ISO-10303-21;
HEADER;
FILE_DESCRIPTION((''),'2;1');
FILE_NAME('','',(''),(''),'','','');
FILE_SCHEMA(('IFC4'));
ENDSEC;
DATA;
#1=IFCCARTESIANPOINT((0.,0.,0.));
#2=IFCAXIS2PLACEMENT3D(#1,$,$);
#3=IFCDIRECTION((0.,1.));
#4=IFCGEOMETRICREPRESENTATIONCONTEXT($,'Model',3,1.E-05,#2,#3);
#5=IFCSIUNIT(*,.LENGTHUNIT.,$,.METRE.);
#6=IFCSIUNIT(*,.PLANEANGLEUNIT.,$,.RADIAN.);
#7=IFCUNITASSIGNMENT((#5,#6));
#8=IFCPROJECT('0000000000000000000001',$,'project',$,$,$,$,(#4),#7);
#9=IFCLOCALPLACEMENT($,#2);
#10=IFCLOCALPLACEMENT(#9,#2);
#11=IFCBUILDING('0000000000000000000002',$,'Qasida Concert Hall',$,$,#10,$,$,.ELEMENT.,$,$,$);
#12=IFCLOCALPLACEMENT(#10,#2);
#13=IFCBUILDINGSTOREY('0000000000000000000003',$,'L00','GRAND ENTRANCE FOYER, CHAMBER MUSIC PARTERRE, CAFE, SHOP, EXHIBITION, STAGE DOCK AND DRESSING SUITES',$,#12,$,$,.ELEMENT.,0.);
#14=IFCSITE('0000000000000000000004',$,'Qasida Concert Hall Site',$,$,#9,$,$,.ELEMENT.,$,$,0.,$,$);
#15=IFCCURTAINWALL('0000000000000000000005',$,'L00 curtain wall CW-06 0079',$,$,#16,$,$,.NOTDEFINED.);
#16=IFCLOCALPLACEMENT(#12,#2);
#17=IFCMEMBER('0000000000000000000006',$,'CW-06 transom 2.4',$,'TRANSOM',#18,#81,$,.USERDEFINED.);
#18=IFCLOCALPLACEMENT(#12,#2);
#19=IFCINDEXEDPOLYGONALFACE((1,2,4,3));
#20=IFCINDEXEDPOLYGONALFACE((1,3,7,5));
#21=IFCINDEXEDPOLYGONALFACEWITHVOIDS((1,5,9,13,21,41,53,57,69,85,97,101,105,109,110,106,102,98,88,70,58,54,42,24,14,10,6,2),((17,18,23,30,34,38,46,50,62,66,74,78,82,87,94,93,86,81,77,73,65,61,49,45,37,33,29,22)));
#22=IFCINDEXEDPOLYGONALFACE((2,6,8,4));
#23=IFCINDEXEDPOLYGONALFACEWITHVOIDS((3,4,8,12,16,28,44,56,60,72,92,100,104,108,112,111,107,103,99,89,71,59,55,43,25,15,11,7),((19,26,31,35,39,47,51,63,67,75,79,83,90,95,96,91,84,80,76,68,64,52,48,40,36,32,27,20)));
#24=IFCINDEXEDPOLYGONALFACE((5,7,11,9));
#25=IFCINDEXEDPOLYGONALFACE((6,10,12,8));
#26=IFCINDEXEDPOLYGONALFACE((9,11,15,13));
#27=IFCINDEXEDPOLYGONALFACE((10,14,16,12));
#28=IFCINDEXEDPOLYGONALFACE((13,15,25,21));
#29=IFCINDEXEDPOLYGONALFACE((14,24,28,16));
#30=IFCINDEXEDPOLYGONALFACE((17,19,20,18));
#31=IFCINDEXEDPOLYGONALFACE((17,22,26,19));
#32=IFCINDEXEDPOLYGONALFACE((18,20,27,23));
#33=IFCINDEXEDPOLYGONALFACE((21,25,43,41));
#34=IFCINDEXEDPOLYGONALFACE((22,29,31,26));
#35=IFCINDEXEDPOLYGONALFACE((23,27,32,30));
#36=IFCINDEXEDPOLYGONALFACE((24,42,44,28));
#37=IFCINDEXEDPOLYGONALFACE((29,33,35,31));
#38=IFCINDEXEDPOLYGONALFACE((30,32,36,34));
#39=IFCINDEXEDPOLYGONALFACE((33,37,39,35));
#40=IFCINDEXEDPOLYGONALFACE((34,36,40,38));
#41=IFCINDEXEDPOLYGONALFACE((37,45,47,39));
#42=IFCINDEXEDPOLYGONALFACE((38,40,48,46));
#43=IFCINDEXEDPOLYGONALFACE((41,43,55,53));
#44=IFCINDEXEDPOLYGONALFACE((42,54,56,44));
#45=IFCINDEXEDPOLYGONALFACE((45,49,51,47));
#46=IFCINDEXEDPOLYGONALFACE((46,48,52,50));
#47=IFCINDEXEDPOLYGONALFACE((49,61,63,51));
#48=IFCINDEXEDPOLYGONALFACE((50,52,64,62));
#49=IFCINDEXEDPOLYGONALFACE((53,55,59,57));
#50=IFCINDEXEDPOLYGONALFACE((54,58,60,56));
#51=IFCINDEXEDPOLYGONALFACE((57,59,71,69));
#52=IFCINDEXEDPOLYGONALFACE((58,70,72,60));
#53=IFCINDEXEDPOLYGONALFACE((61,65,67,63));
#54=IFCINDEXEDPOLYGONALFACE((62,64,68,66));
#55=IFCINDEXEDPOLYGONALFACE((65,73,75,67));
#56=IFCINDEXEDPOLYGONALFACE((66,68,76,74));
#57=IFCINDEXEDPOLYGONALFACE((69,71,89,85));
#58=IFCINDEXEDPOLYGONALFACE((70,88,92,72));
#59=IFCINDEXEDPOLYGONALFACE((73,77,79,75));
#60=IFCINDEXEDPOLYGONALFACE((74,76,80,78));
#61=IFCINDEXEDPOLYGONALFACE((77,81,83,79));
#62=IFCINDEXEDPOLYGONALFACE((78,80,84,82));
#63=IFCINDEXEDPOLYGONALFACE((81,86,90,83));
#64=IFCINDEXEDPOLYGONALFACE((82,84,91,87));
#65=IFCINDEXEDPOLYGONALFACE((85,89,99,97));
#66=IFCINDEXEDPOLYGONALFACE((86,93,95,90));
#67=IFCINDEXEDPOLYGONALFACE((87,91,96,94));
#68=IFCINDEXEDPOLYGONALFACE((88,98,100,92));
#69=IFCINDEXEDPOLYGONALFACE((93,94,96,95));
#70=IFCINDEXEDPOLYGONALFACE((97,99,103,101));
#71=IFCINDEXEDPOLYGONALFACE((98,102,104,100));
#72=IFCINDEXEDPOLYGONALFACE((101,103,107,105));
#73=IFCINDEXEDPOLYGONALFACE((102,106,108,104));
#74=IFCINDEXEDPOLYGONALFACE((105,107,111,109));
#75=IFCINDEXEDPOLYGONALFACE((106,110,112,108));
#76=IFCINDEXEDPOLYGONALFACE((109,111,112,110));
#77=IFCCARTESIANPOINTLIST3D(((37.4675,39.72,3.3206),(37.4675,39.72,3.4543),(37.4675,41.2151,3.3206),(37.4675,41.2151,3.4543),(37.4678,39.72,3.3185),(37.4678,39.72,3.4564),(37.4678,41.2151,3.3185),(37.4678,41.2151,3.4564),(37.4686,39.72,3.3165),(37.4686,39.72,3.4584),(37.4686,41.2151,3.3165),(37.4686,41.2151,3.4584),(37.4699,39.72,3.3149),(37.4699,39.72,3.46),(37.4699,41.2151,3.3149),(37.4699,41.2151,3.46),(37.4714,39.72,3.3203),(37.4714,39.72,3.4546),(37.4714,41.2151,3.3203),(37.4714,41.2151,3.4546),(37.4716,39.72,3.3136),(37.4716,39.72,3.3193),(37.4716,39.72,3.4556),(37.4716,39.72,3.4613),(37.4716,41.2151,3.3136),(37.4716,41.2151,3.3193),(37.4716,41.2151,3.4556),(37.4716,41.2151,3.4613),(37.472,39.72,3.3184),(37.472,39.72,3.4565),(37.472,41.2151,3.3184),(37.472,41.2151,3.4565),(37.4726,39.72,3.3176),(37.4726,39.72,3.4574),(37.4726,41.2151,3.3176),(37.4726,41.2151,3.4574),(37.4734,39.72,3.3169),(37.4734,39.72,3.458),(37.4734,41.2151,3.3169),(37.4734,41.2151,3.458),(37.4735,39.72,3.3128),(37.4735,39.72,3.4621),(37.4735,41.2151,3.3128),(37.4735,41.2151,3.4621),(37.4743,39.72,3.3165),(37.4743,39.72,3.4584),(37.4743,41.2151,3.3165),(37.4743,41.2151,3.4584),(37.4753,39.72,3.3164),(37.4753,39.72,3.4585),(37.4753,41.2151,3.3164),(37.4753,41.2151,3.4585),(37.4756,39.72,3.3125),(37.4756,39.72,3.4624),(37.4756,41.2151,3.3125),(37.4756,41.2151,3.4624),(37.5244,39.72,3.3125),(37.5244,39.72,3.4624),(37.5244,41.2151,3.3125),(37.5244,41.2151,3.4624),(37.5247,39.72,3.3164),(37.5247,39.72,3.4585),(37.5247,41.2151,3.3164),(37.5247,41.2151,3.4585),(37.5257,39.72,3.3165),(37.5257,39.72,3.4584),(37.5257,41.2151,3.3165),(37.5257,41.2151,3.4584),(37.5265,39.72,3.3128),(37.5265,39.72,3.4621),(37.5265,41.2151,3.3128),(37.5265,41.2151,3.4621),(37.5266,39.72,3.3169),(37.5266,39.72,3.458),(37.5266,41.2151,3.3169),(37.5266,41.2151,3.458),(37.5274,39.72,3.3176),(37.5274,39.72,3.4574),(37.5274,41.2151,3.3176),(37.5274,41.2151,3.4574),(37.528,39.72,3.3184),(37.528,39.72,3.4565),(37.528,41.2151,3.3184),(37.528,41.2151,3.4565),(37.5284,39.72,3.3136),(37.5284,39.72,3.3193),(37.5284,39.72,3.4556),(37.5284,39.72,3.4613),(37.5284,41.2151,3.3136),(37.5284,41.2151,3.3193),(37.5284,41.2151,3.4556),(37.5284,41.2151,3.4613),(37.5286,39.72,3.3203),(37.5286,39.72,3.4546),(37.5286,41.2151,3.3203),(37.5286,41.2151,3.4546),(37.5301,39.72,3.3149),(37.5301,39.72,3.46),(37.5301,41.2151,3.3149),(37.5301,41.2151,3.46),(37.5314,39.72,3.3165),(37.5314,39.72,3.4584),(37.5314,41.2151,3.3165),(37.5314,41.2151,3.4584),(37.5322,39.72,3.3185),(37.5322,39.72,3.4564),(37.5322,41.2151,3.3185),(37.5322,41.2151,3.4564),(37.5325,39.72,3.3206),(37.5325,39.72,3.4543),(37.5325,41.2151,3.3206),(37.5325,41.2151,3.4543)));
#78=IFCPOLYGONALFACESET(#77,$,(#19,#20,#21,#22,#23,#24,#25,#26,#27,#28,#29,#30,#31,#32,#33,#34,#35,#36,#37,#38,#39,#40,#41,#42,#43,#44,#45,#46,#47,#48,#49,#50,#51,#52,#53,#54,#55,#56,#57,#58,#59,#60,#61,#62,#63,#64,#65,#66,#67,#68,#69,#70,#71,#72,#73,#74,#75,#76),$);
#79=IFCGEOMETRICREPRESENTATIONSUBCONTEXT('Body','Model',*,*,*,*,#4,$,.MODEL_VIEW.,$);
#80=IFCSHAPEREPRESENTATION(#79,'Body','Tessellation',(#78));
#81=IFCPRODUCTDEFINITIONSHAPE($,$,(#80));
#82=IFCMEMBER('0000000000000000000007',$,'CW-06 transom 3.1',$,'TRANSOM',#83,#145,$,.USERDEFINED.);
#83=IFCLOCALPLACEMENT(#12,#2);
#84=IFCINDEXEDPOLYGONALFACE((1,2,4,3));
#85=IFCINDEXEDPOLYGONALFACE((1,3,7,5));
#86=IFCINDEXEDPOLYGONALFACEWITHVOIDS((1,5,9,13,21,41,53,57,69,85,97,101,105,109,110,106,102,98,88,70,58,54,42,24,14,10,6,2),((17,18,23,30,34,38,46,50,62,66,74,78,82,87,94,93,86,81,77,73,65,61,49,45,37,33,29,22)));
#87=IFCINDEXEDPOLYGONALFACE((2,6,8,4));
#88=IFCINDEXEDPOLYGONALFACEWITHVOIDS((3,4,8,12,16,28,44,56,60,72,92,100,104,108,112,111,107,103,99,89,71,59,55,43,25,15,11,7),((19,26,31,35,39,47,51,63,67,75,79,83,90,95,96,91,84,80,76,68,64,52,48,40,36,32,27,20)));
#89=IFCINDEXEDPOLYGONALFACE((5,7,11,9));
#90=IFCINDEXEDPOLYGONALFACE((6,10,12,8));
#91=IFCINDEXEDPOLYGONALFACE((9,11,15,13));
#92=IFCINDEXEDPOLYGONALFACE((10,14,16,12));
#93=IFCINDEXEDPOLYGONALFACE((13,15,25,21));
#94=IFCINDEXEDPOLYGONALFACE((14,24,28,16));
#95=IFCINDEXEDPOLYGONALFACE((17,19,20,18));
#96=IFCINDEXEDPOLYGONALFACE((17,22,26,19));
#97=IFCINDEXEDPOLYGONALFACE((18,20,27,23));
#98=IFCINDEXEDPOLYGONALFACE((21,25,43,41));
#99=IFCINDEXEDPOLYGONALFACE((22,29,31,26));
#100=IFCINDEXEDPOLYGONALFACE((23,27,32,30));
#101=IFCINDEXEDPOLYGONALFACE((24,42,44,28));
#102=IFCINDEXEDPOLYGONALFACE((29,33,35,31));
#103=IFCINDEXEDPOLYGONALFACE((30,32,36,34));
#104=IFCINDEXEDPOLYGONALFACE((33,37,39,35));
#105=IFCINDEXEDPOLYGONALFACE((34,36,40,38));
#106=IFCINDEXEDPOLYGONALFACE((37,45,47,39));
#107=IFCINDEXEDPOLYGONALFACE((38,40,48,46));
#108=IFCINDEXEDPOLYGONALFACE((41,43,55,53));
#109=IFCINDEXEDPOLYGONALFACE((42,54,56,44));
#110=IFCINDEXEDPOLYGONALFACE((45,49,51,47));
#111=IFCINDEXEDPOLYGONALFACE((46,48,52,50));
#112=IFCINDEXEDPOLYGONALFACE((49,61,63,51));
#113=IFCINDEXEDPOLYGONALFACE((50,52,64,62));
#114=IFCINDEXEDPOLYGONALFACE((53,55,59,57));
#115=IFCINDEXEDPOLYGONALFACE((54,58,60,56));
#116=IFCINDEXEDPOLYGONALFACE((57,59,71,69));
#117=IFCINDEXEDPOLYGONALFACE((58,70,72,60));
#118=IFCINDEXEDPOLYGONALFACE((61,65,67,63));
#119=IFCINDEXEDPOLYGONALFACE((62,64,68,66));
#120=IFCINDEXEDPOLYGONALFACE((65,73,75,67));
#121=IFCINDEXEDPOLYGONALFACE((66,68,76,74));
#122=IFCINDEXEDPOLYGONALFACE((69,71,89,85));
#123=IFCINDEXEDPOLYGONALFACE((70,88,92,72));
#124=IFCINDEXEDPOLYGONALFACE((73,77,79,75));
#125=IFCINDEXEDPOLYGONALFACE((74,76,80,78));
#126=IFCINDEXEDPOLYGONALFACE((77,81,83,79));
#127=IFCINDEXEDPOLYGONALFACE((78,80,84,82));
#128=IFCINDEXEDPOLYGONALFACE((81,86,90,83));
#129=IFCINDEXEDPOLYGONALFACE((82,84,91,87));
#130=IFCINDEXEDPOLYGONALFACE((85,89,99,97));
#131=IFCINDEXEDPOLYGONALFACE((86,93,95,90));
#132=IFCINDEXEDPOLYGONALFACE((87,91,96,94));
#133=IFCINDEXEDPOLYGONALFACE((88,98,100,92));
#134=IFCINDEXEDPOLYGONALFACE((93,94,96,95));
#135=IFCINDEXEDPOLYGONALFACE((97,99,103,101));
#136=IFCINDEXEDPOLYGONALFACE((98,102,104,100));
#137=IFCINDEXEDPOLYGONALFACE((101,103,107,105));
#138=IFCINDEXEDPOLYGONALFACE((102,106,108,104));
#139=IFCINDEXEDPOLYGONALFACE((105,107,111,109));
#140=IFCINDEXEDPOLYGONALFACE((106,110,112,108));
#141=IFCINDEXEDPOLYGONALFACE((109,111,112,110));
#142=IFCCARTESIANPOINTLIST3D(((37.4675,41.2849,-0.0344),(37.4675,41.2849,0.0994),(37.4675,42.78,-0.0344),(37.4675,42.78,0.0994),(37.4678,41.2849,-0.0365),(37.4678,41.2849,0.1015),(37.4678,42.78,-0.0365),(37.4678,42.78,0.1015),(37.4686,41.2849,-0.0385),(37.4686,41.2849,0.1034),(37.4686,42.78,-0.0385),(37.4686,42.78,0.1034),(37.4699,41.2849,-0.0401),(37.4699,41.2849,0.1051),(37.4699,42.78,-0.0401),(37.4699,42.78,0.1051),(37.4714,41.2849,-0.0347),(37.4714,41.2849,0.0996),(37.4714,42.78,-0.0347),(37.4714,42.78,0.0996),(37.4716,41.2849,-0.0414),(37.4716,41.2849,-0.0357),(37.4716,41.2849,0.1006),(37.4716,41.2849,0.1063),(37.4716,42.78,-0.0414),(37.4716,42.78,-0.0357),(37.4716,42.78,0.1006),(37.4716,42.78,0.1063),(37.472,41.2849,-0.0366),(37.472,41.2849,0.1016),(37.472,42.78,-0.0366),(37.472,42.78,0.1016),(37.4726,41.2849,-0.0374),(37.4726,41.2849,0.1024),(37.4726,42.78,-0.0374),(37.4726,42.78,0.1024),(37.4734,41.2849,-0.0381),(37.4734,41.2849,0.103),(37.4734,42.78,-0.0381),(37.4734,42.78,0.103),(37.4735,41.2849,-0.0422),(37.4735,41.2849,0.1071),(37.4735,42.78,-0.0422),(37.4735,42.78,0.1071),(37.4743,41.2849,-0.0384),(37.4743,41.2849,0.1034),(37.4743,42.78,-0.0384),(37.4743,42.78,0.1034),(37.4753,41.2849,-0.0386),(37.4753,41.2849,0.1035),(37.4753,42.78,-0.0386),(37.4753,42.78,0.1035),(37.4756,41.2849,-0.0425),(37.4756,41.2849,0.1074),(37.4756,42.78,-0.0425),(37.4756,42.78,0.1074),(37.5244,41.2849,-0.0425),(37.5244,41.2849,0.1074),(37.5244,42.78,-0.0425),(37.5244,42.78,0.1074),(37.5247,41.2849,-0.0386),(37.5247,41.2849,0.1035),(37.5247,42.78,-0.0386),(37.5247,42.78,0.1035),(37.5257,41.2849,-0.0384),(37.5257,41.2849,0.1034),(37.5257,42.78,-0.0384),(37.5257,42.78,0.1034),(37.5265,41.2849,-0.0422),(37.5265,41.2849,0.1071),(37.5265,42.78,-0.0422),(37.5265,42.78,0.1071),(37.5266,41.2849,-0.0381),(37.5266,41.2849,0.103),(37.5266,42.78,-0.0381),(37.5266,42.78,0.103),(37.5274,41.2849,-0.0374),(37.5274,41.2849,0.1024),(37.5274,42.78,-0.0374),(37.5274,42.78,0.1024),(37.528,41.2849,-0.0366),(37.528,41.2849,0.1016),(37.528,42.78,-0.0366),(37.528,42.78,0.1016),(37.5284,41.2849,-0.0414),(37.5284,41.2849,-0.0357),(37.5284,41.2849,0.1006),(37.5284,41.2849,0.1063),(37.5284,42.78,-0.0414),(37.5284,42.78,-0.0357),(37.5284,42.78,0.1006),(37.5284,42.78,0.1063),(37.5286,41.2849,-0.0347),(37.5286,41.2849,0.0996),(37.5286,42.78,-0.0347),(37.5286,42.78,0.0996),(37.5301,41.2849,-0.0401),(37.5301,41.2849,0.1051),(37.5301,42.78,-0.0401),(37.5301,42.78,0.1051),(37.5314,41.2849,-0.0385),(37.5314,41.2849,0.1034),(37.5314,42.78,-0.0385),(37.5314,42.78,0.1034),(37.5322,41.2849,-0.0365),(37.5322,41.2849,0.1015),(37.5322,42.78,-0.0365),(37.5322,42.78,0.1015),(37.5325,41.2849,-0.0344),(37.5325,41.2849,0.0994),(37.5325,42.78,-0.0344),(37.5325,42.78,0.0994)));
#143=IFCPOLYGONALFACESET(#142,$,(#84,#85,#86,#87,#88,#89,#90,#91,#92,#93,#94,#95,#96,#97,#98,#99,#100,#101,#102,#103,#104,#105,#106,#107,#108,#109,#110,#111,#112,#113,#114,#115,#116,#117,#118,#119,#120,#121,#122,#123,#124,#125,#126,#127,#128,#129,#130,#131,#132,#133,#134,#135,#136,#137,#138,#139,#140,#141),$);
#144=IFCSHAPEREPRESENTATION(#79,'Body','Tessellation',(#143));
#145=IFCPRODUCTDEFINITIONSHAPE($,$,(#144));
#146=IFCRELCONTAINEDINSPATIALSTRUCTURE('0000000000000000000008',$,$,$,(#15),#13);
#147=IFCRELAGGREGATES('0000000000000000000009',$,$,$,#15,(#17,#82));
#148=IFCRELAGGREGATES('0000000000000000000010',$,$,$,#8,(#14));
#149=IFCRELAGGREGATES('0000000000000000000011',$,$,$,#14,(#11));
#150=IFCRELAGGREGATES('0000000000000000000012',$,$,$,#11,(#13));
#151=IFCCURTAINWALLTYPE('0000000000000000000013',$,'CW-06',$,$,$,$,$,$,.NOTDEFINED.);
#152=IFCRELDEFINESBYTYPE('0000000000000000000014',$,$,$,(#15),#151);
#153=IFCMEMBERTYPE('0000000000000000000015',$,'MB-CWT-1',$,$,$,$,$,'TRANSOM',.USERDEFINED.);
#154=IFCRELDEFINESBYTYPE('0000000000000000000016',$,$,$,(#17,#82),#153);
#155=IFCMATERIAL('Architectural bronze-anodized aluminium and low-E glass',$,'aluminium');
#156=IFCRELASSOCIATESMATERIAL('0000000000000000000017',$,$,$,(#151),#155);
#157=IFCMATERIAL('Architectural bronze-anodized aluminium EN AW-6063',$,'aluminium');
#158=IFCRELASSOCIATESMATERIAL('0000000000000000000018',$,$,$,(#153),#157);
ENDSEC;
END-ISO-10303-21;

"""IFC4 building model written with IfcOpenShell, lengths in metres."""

from ifc_helpers import new_model, si_unit, direction, frame, origin, origin_2d, place, context, subcontext, project, spatial, hollow_rectangle, extrude, material, material_profile, profile_set, type_object, element, aggregate, save


model = new_model("IFC4")

# Units and contexts
model_context = context("Model", 3, precision=1e-05, world=origin(), true_north=direction((0.0, 1.0)))
body_context = subcontext(model_context, "Body", "Model", "MODEL_VIEW")
ifc_project = project(units=[si_unit("LENGTHUNIT", "METRE"), si_unit("PLANEANGLEUNIT", "RADIAN")], contexts=[model_context])

# Site, building, storey
site_placement = place(None, origin())
site = spatial("IfcSite", under=ifc_project, at=site_placement, Name="Qasida Concert Hall Site", CompositionType="ELEMENT", RefElevation=0.0)
building_placement = place(site_placement, origin())
building = spatial("IfcBuilding", under=site, at=building_placement, Name="Qasida Concert Hall", CompositionType="ELEMENT")
storey_placement = place(building_placement, origin())
storey = spatial("IfcBuildingStorey", under=building, at=storey_placement, Name="L00", Description="GRAND ENTRANCE FOYER, CHAMBER MUSIC PARTERRE, CAFE, SHOP, EXHIBITION, STAGE DOCK AND DRESSING SUITES", CompositionType="ELEMENT", Elevation=0.0)

# Curtain wall, members
ifc_material_1 = material(Name="Architectural bronze-anodized aluminium and low-E glass", Category="aluminium")
curtain_wall_type = type_object("IfcCurtainWallType", Name="CW-06", PredefinedType="NOTDEFINED", material=ifc_material_1)
curtain_wall_placement = place(storey_placement, origin())
curtain_wall = element("IfcCurtainWall", 1, at=curtain_wall_placement, inside=storey, type_object=curtain_wall_type, Name="L00 curtain wall CW-06 0079", PredefinedType="NOTDEFINED")
ifc_material_2 = material(Name="Architectural bronze-anodized aluminium EN AW-6063", Category="aluminium")
ifc_material_profile_1 = material_profile(ifc_material_2, hollow_rectangle(XDim=0.0649, YDim=0.1499, WallThickness=0.0039, InnerFilletRadius=0.0039, OuterFilletRadius=0.0081, at=origin_2d()), Name="CWT 150x65x4")
ifc_profile_set_1 = profile_set([ifc_material_profile_1], Name="Architectural bronze-anodized aluminium EN AW-6063")
member_type_1 = type_object("IfcMemberType", Name="MB-CWT-1", ElementType="TRANSOM", PredefinedType="USERDEFINED", material=ifc_profile_set_1)
member_1_placement = place(storey_placement, frame((37.5, 39.72, 3.3875), z_axis=(0.0, 1.0, 0.0), x_axis=(-1.0, 0.0, 0.0)))
member_1 = element("IfcMember", 2, at=member_1_placement, type_object=member_type_1, Name="CW-06 transom 2.4", ObjectType="TRANSOM", PredefinedType="USERDEFINED", context=body_context, shape_type="SweptSolid", body=[
    extrude(hollow_rectangle(XDim=0.0649, YDim=0.1499, WallThickness=0.0039, InnerFilletRadius=0.0039, OuterFilletRadius=0.0081, at=origin_2d()), origin(), (0.0, 0.0, 1.0), 1.4951),
])
member_2_placement = place(storey_placement, frame((37.5, 41.2849, 0.0325), z_axis=(0.0, 1.0, 0.0), x_axis=(-1.0, 0.0, 0.0)))
member_2 = element("IfcMember", 3, at=member_2_placement, type_object=member_type_1, Name="CW-06 transom 3.1", ObjectType="TRANSOM", PredefinedType="USERDEFINED", context=body_context, shape_type="SweptSolid", body=[
    extrude(hollow_rectangle(XDim=0.0649, YDim=0.1499, WallThickness=0.0039, InnerFilletRadius=0.0039, OuterFilletRadius=0.0081, at=origin_2d()), origin(), (0.0, 0.0, 1.0), 1.4951),
])
aggregate(curtain_wall, [member_1, member_2])

save(model, "model.ifc")
